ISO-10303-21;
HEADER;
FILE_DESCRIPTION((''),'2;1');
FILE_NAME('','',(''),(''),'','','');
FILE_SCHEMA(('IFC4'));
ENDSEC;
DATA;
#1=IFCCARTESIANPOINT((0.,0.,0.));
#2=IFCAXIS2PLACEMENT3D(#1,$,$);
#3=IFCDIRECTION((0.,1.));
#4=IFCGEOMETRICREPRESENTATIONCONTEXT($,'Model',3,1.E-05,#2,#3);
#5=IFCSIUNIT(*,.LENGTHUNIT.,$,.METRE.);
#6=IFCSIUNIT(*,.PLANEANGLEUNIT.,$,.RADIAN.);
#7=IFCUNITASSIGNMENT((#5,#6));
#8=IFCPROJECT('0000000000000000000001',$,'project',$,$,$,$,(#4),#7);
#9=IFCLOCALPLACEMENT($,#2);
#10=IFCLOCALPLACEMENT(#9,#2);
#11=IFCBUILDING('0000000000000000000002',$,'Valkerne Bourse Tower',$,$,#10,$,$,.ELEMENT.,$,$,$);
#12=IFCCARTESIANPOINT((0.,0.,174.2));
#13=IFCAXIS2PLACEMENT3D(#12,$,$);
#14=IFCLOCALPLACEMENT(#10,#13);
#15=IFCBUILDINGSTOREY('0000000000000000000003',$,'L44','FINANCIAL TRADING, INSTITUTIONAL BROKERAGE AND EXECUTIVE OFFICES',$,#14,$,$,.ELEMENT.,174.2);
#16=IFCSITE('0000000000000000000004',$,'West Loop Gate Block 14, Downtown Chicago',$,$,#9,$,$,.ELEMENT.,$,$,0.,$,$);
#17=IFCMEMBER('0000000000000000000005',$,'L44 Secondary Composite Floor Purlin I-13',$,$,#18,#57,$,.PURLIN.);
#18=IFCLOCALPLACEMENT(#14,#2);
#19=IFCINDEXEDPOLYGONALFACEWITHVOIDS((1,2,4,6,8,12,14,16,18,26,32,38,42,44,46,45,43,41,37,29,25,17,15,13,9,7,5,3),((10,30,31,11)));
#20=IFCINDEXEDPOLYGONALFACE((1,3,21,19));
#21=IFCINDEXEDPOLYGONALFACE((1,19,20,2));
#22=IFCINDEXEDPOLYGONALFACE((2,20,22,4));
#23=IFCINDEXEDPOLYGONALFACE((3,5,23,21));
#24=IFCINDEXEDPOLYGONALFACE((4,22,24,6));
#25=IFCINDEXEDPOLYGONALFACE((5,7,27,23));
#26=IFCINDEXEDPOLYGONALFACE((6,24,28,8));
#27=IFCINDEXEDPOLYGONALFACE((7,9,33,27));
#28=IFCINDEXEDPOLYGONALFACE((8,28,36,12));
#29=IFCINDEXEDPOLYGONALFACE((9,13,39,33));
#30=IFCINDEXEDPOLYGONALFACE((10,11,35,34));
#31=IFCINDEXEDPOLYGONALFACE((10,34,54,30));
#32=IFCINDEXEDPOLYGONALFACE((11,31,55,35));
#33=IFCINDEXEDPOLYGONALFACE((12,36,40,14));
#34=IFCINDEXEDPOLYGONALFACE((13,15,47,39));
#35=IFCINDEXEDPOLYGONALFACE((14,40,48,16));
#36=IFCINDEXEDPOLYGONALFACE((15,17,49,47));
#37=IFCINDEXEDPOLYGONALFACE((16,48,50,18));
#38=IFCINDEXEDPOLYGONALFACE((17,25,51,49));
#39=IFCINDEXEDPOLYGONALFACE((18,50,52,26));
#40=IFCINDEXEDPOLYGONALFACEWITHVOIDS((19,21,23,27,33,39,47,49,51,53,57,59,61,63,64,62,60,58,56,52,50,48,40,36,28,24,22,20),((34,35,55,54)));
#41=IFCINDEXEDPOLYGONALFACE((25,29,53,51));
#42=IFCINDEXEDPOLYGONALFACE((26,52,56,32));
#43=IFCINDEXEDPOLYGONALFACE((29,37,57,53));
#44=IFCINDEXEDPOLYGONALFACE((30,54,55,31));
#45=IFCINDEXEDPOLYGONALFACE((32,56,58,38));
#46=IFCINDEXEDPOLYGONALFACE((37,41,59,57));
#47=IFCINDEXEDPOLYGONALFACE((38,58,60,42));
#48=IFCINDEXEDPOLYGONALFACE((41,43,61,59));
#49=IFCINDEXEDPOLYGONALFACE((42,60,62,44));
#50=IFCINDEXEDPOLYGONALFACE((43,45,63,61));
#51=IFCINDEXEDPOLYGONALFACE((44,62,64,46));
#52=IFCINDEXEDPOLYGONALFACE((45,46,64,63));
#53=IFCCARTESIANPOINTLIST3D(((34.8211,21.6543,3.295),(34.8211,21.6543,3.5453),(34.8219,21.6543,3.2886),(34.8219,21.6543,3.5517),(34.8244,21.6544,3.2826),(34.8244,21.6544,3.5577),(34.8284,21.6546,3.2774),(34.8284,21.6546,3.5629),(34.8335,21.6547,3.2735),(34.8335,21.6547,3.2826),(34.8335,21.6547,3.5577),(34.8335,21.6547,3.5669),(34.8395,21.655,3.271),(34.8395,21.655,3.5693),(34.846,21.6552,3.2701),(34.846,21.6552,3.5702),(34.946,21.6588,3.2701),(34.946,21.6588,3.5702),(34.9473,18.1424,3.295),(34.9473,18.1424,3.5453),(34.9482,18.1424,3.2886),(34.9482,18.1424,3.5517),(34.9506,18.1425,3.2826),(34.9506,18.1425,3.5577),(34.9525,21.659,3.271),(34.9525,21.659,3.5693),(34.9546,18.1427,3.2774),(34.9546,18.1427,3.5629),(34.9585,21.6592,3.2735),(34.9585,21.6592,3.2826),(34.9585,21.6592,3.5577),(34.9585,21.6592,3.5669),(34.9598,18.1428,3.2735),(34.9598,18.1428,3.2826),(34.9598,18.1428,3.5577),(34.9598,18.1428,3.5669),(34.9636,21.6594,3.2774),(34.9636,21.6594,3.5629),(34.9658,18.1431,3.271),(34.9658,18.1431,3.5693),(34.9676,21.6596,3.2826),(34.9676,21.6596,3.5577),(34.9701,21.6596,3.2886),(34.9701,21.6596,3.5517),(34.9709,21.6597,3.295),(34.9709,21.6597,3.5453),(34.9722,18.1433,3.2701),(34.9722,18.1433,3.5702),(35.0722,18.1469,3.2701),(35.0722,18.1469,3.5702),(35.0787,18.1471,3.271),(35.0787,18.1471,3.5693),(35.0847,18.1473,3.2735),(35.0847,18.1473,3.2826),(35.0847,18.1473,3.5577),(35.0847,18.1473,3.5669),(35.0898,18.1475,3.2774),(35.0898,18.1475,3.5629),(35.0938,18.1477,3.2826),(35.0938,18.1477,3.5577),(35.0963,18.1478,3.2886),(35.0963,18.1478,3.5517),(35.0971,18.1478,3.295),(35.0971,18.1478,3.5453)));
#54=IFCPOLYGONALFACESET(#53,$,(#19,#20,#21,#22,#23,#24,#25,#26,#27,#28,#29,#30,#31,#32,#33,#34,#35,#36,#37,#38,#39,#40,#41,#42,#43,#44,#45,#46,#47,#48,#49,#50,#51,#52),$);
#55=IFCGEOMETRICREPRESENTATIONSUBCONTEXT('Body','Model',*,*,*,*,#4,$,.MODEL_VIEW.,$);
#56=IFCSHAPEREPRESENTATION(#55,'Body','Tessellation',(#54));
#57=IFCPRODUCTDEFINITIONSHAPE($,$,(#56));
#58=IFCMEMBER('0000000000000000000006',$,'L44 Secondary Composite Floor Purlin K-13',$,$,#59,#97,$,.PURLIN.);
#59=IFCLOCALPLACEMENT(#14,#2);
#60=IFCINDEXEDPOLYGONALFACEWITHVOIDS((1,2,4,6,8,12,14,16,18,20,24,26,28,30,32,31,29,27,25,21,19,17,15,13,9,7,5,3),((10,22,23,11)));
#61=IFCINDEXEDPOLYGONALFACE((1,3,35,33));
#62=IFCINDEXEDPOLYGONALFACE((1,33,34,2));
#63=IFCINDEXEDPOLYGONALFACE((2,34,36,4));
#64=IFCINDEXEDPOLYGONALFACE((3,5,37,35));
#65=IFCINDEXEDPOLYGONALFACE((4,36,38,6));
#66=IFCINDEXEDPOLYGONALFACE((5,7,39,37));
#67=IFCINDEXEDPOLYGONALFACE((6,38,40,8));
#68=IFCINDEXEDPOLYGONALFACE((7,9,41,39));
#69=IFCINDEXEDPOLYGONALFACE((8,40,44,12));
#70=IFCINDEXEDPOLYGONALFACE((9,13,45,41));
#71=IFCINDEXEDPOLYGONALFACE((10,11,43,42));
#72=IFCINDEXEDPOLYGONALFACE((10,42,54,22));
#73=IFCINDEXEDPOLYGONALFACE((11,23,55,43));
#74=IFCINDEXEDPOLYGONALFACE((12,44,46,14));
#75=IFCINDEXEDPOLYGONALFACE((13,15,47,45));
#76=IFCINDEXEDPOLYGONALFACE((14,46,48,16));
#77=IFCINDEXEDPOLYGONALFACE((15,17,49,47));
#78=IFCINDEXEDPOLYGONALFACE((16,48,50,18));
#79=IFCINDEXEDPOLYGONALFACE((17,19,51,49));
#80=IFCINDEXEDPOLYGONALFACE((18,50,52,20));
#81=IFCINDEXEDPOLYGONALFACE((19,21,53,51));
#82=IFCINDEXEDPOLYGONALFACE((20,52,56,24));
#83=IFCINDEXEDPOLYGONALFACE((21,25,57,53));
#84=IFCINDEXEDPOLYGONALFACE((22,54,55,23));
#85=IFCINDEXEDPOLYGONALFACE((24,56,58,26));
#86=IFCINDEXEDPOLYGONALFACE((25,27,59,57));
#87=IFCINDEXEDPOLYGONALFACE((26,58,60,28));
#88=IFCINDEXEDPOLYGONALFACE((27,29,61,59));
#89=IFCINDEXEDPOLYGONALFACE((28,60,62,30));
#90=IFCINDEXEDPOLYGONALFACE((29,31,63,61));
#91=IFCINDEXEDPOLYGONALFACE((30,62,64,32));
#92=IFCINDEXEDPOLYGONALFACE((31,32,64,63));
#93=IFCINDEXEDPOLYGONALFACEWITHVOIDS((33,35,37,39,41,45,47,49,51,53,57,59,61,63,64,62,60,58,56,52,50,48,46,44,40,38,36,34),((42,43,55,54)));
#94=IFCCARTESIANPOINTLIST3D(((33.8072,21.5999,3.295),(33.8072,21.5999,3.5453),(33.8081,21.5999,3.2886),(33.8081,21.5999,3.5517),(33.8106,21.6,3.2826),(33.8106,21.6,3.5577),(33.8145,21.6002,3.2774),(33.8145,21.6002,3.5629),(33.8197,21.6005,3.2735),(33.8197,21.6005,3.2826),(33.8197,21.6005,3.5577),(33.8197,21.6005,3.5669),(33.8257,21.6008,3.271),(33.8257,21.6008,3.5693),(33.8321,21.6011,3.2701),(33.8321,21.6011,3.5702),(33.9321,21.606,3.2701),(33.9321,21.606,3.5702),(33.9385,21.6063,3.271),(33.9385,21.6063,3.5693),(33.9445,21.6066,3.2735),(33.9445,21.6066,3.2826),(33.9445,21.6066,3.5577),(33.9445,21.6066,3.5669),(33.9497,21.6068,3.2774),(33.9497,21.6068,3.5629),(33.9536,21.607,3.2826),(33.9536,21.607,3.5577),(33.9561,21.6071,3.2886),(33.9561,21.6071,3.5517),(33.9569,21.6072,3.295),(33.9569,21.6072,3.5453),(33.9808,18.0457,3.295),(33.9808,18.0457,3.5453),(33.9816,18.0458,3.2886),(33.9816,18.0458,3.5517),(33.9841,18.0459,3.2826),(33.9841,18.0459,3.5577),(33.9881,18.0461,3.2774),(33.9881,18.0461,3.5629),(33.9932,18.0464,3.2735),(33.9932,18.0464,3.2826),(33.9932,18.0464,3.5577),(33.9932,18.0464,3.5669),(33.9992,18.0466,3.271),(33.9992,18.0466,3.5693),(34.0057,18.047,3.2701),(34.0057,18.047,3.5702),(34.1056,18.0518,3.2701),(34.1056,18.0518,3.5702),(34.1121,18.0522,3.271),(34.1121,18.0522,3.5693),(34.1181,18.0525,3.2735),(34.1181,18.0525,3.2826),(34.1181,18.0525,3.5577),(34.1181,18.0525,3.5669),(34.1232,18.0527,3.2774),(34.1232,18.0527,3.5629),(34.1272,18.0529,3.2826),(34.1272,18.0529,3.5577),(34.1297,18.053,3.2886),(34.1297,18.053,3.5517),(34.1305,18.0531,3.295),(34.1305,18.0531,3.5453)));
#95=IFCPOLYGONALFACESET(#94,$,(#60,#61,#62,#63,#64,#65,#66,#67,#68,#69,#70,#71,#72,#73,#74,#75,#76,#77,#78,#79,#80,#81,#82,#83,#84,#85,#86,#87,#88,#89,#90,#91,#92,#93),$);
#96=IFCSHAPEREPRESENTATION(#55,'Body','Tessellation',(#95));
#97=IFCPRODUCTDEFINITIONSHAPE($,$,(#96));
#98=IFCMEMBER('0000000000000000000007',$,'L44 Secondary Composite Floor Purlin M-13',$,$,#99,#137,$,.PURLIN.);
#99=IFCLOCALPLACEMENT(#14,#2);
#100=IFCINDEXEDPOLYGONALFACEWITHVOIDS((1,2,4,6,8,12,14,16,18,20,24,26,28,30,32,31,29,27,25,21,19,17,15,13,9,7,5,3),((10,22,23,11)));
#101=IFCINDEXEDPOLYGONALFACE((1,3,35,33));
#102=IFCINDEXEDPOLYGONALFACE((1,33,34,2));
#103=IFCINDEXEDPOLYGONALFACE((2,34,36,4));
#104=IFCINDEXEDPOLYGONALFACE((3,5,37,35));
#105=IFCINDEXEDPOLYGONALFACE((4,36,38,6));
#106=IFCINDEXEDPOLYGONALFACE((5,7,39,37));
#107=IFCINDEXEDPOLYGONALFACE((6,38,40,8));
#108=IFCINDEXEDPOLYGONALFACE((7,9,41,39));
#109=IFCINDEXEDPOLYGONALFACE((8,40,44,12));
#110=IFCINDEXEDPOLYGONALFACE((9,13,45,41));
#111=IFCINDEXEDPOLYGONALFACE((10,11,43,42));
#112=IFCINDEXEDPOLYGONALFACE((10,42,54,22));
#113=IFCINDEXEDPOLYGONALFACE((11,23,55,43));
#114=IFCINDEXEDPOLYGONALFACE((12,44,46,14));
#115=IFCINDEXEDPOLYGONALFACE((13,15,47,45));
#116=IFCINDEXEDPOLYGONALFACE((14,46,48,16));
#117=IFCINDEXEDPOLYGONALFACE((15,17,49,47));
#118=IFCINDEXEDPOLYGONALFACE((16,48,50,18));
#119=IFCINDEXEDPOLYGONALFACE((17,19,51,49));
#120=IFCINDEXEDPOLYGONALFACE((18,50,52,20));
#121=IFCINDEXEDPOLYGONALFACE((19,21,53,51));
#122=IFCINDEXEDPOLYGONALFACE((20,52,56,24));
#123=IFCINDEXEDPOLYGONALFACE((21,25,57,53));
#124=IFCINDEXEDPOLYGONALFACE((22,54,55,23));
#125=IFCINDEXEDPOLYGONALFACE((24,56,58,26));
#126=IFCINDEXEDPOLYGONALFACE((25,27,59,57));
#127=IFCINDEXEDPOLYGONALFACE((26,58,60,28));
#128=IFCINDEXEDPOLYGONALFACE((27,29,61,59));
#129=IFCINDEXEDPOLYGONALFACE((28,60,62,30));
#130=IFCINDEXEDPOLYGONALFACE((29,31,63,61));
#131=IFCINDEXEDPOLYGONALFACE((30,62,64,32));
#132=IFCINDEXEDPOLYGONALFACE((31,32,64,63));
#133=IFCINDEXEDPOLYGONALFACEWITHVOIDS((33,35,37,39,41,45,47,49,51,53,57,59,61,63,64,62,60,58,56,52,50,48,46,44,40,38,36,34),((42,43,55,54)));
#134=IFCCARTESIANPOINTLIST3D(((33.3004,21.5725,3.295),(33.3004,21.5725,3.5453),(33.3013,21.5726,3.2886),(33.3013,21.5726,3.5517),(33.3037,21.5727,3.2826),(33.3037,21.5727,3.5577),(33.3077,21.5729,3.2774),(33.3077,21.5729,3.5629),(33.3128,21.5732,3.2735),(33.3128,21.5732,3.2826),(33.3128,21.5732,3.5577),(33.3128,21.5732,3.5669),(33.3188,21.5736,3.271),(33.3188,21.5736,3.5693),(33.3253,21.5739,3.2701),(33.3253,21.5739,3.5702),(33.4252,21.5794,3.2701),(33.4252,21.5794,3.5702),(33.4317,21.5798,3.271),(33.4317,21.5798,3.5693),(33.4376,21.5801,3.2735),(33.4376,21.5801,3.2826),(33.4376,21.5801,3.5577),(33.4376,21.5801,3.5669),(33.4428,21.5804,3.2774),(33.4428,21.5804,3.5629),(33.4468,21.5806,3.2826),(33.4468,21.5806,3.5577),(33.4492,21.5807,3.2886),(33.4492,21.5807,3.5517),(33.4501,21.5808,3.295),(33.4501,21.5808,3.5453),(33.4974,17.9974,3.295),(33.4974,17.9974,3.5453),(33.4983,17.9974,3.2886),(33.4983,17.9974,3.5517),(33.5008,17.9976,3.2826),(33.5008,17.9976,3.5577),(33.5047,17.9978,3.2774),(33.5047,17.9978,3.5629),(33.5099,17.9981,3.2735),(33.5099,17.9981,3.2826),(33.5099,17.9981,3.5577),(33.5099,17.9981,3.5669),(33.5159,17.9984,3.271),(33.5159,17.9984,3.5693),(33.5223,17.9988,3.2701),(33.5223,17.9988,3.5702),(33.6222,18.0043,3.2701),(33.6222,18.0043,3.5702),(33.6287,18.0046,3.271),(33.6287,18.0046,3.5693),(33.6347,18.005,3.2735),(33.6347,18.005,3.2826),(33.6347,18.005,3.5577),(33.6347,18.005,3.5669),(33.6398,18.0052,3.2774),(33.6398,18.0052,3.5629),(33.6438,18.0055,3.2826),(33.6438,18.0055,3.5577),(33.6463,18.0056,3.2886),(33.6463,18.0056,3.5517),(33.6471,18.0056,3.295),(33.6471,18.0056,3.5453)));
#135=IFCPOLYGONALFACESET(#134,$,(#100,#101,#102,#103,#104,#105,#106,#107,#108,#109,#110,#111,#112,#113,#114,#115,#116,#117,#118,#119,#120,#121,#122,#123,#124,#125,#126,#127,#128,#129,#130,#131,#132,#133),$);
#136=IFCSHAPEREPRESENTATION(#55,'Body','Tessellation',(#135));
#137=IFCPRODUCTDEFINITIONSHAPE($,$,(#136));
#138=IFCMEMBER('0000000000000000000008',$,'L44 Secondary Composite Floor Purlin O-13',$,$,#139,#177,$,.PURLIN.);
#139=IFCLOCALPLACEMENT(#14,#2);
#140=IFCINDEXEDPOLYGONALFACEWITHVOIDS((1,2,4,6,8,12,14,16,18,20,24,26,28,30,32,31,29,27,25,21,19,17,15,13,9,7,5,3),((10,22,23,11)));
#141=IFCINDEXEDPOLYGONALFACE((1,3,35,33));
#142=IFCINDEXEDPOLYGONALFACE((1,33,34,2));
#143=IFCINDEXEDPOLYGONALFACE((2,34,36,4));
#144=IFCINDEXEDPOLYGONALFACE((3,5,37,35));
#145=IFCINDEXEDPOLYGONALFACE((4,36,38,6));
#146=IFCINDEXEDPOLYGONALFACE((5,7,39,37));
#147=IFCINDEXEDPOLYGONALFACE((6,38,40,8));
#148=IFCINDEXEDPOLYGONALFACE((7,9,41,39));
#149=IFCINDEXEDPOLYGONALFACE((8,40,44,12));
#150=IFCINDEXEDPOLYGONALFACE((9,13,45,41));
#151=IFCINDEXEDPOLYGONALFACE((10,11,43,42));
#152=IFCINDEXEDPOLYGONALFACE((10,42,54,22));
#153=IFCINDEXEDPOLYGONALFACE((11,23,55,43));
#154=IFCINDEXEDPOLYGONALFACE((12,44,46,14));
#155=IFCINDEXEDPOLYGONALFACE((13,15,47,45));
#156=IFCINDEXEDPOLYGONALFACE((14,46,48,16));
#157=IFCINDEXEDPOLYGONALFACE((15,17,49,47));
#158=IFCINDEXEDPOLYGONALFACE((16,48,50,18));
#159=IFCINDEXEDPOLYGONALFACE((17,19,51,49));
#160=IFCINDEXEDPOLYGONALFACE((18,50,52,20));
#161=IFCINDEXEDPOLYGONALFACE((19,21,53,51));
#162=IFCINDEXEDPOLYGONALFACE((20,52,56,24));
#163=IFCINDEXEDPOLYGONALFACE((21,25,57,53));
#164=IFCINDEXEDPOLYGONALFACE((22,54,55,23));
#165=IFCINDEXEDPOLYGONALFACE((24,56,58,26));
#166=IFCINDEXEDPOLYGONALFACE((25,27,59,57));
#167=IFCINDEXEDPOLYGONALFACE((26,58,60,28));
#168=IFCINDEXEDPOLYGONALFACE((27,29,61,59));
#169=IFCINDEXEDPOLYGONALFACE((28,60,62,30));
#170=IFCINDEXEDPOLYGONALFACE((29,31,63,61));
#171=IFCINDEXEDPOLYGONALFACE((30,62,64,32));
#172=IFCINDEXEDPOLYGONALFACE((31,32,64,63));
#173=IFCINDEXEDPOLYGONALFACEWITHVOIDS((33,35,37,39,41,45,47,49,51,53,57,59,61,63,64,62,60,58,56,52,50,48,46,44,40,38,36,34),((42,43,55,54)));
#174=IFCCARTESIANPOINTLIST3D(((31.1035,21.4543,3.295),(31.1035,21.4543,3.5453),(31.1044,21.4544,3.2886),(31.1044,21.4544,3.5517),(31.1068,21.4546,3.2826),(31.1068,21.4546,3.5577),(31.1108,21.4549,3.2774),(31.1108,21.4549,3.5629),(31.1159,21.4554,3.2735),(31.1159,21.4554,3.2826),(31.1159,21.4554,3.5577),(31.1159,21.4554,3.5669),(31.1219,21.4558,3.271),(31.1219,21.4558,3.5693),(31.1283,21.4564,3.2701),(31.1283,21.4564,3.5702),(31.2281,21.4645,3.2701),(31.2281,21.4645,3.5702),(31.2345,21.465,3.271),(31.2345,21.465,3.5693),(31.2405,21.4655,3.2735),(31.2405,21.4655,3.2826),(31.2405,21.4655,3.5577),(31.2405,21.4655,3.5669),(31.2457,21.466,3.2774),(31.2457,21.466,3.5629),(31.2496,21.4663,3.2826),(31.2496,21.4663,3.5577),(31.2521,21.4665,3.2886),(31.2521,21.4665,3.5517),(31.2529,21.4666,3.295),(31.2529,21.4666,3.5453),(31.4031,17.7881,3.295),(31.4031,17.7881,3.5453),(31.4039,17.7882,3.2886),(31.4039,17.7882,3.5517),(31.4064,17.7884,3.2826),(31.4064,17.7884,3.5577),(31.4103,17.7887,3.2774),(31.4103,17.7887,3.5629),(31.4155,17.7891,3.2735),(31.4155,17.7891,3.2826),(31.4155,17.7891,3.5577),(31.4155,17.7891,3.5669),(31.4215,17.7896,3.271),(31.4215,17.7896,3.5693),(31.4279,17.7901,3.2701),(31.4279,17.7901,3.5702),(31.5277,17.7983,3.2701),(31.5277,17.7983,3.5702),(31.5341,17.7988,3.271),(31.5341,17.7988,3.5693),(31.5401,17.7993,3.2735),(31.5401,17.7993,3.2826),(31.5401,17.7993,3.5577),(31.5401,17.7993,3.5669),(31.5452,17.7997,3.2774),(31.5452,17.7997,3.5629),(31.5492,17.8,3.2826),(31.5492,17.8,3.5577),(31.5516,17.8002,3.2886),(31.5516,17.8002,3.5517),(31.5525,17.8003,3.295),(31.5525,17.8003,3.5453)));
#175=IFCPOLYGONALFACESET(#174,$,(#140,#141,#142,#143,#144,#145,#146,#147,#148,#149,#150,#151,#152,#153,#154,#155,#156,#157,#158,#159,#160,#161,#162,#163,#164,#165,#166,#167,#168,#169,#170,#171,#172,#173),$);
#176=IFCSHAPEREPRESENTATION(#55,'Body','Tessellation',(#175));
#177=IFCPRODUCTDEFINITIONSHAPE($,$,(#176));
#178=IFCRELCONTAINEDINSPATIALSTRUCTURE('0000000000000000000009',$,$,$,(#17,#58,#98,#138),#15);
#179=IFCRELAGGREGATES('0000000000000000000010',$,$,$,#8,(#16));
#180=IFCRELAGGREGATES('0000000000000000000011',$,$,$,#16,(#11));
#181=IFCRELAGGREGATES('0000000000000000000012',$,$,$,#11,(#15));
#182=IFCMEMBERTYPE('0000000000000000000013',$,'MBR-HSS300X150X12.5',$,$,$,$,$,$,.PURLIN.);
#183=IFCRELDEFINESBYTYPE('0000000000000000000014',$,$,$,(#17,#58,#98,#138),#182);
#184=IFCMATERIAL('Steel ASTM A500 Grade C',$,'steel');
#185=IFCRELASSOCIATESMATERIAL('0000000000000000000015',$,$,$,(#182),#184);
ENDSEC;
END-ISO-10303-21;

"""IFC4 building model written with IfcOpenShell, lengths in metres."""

from ifc_helpers import new_model, si_unit, direction, frame, origin, origin_2d, place, context, subcontext, project, spatial, hollow_rectangle, extrude, material, material_profile, profile_set, type_object, element, save


model = new_model("IFC4")

# Units and contexts
model_context = context("Model", 3, precision=1e-05, world=origin(), true_north=direction((0.0, 1.0)))
body_context = subcontext(model_context, "Body", "Model", "MODEL_VIEW")
ifc_project = project(units=[si_unit("LENGTHUNIT", "METRE"), si_unit("PLANEANGLEUNIT", "RADIAN")], contexts=[model_context])

# Site, building, storey
site_placement = place(None, origin())
site = spatial("IfcSite", under=ifc_project, at=site_placement, Name="West Loop Gate Block 14, Downtown Chicago", CompositionType="ELEMENT", RefElevation=0.0)
building_placement = place(site_placement, origin())
building = spatial("IfcBuilding", under=site, at=building_placement, Name="Valkerne Bourse Tower", CompositionType="ELEMENT")
storey_placement = place(building_placement, frame((0.0, 0.0, 174.2)))
storey = spatial("IfcBuildingStorey", under=building, at=storey_placement, Name="L44", Description="FINANCIAL TRADING, INSTITUTIONAL BROKERAGE AND EXECUTIVE OFFICES", CompositionType="ELEMENT", Elevation=174.2)

# Members
ifc_material_1 = material(Name="Steel ASTM A500 Grade C", Category="steel")
ifc_material_profile_1 = material_profile(ifc_material_1, hollow_rectangle(XDim=0.1499, YDim=0.3, WallThickness=0.0125, OuterFilletRadius=0.0249, at=origin_2d()), Name="HSS300X150X12.5")
ifc_profile_set_1 = profile_set([ifc_material_profile_1], Name="Steel ASTM A500 Grade C")
member_type_1 = type_object("IfcMemberType", Name="MBR-HSS300X150X12.5", PredefinedType="PURLIN", material=ifc_profile_set_1)
member_1_placement = place(storey_placement, frame((34.896, 21.657, 3.4202), z_axis=(0.035917, -0.999355, 0.0), x_axis=(0.999355, 0.035917, 0.0)))
element("IfcMember", 1, at=member_1_placement, inside=storey, type_object=member_type_1, Name="L44 Secondary Composite Floor Purlin I-13", PredefinedType="PURLIN", context=body_context, shape_type="SweptSolid", body=[
    extrude(hollow_rectangle(XDim=0.1499, YDim=0.3, WallThickness=0.0125, OuterFilletRadius=0.0249, at=origin_2d()), origin(), (0.0, 0.0, 1.0), 3.5142),
])
member_2_placement = place(storey_placement, frame((33.8821, 21.6035, 3.4202), z_axis=(0.048781, -0.998809, 0.0), x_axis=(0.998809, 0.048781, 0.0)))
element("IfcMember", 2, at=member_2_placement, inside=storey, type_object=member_type_1, Name="L44 Secondary Composite Floor Purlin K-13", PredefinedType="PURLIN", context=body_context, shape_type="SweptSolid", body=[
    extrude(hollow_rectangle(XDim=0.1499, YDim=0.3, WallThickness=0.0125, OuterFilletRadius=0.0249, at=origin_2d()), origin(), (0.0, 0.0, 1.0), 3.5583),
])
member_3_placement = place(storey_placement, frame((33.3752, 21.5767, 3.4202), z_axis=(0.055024, -0.998485, 0.0), x_axis=(0.998485, 0.055024, 0.0)))
element("IfcMember", 3, at=member_3_placement, inside=storey, type_object=member_type_1, Name="L44 Secondary Composite Floor Purlin M-13", PredefinedType="PURLIN", context=body_context, shape_type="SweptSolid", body=[
    extrude(hollow_rectangle(XDim=0.1499, YDim=0.3, WallThickness=0.0125, OuterFilletRadius=0.0249, at=origin_2d()), origin(), (0.0, 0.0, 1.0), 3.5806),
])
member_4_placement = place(storey_placement, frame((31.1782, 21.4604, 3.4202), z_axis=(0.081436, -0.996679, 0.0), x_axis=(0.996679, 0.081436, 0.0)))
element("IfcMember", 4, at=member_4_placement, inside=storey, type_object=member_type_1, Name="L44 Secondary Composite Floor Purlin O-13", PredefinedType="PURLIN", context=body_context, shape_type="SweptSolid", body=[
    extrude(hollow_rectangle(XDim=0.1499, YDim=0.3, WallThickness=0.0125, OuterFilletRadius=0.0249, at=origin_2d()), origin(), (0.0, 0.0, 1.0), 3.6785),
])

save(model, "model.ifc")
